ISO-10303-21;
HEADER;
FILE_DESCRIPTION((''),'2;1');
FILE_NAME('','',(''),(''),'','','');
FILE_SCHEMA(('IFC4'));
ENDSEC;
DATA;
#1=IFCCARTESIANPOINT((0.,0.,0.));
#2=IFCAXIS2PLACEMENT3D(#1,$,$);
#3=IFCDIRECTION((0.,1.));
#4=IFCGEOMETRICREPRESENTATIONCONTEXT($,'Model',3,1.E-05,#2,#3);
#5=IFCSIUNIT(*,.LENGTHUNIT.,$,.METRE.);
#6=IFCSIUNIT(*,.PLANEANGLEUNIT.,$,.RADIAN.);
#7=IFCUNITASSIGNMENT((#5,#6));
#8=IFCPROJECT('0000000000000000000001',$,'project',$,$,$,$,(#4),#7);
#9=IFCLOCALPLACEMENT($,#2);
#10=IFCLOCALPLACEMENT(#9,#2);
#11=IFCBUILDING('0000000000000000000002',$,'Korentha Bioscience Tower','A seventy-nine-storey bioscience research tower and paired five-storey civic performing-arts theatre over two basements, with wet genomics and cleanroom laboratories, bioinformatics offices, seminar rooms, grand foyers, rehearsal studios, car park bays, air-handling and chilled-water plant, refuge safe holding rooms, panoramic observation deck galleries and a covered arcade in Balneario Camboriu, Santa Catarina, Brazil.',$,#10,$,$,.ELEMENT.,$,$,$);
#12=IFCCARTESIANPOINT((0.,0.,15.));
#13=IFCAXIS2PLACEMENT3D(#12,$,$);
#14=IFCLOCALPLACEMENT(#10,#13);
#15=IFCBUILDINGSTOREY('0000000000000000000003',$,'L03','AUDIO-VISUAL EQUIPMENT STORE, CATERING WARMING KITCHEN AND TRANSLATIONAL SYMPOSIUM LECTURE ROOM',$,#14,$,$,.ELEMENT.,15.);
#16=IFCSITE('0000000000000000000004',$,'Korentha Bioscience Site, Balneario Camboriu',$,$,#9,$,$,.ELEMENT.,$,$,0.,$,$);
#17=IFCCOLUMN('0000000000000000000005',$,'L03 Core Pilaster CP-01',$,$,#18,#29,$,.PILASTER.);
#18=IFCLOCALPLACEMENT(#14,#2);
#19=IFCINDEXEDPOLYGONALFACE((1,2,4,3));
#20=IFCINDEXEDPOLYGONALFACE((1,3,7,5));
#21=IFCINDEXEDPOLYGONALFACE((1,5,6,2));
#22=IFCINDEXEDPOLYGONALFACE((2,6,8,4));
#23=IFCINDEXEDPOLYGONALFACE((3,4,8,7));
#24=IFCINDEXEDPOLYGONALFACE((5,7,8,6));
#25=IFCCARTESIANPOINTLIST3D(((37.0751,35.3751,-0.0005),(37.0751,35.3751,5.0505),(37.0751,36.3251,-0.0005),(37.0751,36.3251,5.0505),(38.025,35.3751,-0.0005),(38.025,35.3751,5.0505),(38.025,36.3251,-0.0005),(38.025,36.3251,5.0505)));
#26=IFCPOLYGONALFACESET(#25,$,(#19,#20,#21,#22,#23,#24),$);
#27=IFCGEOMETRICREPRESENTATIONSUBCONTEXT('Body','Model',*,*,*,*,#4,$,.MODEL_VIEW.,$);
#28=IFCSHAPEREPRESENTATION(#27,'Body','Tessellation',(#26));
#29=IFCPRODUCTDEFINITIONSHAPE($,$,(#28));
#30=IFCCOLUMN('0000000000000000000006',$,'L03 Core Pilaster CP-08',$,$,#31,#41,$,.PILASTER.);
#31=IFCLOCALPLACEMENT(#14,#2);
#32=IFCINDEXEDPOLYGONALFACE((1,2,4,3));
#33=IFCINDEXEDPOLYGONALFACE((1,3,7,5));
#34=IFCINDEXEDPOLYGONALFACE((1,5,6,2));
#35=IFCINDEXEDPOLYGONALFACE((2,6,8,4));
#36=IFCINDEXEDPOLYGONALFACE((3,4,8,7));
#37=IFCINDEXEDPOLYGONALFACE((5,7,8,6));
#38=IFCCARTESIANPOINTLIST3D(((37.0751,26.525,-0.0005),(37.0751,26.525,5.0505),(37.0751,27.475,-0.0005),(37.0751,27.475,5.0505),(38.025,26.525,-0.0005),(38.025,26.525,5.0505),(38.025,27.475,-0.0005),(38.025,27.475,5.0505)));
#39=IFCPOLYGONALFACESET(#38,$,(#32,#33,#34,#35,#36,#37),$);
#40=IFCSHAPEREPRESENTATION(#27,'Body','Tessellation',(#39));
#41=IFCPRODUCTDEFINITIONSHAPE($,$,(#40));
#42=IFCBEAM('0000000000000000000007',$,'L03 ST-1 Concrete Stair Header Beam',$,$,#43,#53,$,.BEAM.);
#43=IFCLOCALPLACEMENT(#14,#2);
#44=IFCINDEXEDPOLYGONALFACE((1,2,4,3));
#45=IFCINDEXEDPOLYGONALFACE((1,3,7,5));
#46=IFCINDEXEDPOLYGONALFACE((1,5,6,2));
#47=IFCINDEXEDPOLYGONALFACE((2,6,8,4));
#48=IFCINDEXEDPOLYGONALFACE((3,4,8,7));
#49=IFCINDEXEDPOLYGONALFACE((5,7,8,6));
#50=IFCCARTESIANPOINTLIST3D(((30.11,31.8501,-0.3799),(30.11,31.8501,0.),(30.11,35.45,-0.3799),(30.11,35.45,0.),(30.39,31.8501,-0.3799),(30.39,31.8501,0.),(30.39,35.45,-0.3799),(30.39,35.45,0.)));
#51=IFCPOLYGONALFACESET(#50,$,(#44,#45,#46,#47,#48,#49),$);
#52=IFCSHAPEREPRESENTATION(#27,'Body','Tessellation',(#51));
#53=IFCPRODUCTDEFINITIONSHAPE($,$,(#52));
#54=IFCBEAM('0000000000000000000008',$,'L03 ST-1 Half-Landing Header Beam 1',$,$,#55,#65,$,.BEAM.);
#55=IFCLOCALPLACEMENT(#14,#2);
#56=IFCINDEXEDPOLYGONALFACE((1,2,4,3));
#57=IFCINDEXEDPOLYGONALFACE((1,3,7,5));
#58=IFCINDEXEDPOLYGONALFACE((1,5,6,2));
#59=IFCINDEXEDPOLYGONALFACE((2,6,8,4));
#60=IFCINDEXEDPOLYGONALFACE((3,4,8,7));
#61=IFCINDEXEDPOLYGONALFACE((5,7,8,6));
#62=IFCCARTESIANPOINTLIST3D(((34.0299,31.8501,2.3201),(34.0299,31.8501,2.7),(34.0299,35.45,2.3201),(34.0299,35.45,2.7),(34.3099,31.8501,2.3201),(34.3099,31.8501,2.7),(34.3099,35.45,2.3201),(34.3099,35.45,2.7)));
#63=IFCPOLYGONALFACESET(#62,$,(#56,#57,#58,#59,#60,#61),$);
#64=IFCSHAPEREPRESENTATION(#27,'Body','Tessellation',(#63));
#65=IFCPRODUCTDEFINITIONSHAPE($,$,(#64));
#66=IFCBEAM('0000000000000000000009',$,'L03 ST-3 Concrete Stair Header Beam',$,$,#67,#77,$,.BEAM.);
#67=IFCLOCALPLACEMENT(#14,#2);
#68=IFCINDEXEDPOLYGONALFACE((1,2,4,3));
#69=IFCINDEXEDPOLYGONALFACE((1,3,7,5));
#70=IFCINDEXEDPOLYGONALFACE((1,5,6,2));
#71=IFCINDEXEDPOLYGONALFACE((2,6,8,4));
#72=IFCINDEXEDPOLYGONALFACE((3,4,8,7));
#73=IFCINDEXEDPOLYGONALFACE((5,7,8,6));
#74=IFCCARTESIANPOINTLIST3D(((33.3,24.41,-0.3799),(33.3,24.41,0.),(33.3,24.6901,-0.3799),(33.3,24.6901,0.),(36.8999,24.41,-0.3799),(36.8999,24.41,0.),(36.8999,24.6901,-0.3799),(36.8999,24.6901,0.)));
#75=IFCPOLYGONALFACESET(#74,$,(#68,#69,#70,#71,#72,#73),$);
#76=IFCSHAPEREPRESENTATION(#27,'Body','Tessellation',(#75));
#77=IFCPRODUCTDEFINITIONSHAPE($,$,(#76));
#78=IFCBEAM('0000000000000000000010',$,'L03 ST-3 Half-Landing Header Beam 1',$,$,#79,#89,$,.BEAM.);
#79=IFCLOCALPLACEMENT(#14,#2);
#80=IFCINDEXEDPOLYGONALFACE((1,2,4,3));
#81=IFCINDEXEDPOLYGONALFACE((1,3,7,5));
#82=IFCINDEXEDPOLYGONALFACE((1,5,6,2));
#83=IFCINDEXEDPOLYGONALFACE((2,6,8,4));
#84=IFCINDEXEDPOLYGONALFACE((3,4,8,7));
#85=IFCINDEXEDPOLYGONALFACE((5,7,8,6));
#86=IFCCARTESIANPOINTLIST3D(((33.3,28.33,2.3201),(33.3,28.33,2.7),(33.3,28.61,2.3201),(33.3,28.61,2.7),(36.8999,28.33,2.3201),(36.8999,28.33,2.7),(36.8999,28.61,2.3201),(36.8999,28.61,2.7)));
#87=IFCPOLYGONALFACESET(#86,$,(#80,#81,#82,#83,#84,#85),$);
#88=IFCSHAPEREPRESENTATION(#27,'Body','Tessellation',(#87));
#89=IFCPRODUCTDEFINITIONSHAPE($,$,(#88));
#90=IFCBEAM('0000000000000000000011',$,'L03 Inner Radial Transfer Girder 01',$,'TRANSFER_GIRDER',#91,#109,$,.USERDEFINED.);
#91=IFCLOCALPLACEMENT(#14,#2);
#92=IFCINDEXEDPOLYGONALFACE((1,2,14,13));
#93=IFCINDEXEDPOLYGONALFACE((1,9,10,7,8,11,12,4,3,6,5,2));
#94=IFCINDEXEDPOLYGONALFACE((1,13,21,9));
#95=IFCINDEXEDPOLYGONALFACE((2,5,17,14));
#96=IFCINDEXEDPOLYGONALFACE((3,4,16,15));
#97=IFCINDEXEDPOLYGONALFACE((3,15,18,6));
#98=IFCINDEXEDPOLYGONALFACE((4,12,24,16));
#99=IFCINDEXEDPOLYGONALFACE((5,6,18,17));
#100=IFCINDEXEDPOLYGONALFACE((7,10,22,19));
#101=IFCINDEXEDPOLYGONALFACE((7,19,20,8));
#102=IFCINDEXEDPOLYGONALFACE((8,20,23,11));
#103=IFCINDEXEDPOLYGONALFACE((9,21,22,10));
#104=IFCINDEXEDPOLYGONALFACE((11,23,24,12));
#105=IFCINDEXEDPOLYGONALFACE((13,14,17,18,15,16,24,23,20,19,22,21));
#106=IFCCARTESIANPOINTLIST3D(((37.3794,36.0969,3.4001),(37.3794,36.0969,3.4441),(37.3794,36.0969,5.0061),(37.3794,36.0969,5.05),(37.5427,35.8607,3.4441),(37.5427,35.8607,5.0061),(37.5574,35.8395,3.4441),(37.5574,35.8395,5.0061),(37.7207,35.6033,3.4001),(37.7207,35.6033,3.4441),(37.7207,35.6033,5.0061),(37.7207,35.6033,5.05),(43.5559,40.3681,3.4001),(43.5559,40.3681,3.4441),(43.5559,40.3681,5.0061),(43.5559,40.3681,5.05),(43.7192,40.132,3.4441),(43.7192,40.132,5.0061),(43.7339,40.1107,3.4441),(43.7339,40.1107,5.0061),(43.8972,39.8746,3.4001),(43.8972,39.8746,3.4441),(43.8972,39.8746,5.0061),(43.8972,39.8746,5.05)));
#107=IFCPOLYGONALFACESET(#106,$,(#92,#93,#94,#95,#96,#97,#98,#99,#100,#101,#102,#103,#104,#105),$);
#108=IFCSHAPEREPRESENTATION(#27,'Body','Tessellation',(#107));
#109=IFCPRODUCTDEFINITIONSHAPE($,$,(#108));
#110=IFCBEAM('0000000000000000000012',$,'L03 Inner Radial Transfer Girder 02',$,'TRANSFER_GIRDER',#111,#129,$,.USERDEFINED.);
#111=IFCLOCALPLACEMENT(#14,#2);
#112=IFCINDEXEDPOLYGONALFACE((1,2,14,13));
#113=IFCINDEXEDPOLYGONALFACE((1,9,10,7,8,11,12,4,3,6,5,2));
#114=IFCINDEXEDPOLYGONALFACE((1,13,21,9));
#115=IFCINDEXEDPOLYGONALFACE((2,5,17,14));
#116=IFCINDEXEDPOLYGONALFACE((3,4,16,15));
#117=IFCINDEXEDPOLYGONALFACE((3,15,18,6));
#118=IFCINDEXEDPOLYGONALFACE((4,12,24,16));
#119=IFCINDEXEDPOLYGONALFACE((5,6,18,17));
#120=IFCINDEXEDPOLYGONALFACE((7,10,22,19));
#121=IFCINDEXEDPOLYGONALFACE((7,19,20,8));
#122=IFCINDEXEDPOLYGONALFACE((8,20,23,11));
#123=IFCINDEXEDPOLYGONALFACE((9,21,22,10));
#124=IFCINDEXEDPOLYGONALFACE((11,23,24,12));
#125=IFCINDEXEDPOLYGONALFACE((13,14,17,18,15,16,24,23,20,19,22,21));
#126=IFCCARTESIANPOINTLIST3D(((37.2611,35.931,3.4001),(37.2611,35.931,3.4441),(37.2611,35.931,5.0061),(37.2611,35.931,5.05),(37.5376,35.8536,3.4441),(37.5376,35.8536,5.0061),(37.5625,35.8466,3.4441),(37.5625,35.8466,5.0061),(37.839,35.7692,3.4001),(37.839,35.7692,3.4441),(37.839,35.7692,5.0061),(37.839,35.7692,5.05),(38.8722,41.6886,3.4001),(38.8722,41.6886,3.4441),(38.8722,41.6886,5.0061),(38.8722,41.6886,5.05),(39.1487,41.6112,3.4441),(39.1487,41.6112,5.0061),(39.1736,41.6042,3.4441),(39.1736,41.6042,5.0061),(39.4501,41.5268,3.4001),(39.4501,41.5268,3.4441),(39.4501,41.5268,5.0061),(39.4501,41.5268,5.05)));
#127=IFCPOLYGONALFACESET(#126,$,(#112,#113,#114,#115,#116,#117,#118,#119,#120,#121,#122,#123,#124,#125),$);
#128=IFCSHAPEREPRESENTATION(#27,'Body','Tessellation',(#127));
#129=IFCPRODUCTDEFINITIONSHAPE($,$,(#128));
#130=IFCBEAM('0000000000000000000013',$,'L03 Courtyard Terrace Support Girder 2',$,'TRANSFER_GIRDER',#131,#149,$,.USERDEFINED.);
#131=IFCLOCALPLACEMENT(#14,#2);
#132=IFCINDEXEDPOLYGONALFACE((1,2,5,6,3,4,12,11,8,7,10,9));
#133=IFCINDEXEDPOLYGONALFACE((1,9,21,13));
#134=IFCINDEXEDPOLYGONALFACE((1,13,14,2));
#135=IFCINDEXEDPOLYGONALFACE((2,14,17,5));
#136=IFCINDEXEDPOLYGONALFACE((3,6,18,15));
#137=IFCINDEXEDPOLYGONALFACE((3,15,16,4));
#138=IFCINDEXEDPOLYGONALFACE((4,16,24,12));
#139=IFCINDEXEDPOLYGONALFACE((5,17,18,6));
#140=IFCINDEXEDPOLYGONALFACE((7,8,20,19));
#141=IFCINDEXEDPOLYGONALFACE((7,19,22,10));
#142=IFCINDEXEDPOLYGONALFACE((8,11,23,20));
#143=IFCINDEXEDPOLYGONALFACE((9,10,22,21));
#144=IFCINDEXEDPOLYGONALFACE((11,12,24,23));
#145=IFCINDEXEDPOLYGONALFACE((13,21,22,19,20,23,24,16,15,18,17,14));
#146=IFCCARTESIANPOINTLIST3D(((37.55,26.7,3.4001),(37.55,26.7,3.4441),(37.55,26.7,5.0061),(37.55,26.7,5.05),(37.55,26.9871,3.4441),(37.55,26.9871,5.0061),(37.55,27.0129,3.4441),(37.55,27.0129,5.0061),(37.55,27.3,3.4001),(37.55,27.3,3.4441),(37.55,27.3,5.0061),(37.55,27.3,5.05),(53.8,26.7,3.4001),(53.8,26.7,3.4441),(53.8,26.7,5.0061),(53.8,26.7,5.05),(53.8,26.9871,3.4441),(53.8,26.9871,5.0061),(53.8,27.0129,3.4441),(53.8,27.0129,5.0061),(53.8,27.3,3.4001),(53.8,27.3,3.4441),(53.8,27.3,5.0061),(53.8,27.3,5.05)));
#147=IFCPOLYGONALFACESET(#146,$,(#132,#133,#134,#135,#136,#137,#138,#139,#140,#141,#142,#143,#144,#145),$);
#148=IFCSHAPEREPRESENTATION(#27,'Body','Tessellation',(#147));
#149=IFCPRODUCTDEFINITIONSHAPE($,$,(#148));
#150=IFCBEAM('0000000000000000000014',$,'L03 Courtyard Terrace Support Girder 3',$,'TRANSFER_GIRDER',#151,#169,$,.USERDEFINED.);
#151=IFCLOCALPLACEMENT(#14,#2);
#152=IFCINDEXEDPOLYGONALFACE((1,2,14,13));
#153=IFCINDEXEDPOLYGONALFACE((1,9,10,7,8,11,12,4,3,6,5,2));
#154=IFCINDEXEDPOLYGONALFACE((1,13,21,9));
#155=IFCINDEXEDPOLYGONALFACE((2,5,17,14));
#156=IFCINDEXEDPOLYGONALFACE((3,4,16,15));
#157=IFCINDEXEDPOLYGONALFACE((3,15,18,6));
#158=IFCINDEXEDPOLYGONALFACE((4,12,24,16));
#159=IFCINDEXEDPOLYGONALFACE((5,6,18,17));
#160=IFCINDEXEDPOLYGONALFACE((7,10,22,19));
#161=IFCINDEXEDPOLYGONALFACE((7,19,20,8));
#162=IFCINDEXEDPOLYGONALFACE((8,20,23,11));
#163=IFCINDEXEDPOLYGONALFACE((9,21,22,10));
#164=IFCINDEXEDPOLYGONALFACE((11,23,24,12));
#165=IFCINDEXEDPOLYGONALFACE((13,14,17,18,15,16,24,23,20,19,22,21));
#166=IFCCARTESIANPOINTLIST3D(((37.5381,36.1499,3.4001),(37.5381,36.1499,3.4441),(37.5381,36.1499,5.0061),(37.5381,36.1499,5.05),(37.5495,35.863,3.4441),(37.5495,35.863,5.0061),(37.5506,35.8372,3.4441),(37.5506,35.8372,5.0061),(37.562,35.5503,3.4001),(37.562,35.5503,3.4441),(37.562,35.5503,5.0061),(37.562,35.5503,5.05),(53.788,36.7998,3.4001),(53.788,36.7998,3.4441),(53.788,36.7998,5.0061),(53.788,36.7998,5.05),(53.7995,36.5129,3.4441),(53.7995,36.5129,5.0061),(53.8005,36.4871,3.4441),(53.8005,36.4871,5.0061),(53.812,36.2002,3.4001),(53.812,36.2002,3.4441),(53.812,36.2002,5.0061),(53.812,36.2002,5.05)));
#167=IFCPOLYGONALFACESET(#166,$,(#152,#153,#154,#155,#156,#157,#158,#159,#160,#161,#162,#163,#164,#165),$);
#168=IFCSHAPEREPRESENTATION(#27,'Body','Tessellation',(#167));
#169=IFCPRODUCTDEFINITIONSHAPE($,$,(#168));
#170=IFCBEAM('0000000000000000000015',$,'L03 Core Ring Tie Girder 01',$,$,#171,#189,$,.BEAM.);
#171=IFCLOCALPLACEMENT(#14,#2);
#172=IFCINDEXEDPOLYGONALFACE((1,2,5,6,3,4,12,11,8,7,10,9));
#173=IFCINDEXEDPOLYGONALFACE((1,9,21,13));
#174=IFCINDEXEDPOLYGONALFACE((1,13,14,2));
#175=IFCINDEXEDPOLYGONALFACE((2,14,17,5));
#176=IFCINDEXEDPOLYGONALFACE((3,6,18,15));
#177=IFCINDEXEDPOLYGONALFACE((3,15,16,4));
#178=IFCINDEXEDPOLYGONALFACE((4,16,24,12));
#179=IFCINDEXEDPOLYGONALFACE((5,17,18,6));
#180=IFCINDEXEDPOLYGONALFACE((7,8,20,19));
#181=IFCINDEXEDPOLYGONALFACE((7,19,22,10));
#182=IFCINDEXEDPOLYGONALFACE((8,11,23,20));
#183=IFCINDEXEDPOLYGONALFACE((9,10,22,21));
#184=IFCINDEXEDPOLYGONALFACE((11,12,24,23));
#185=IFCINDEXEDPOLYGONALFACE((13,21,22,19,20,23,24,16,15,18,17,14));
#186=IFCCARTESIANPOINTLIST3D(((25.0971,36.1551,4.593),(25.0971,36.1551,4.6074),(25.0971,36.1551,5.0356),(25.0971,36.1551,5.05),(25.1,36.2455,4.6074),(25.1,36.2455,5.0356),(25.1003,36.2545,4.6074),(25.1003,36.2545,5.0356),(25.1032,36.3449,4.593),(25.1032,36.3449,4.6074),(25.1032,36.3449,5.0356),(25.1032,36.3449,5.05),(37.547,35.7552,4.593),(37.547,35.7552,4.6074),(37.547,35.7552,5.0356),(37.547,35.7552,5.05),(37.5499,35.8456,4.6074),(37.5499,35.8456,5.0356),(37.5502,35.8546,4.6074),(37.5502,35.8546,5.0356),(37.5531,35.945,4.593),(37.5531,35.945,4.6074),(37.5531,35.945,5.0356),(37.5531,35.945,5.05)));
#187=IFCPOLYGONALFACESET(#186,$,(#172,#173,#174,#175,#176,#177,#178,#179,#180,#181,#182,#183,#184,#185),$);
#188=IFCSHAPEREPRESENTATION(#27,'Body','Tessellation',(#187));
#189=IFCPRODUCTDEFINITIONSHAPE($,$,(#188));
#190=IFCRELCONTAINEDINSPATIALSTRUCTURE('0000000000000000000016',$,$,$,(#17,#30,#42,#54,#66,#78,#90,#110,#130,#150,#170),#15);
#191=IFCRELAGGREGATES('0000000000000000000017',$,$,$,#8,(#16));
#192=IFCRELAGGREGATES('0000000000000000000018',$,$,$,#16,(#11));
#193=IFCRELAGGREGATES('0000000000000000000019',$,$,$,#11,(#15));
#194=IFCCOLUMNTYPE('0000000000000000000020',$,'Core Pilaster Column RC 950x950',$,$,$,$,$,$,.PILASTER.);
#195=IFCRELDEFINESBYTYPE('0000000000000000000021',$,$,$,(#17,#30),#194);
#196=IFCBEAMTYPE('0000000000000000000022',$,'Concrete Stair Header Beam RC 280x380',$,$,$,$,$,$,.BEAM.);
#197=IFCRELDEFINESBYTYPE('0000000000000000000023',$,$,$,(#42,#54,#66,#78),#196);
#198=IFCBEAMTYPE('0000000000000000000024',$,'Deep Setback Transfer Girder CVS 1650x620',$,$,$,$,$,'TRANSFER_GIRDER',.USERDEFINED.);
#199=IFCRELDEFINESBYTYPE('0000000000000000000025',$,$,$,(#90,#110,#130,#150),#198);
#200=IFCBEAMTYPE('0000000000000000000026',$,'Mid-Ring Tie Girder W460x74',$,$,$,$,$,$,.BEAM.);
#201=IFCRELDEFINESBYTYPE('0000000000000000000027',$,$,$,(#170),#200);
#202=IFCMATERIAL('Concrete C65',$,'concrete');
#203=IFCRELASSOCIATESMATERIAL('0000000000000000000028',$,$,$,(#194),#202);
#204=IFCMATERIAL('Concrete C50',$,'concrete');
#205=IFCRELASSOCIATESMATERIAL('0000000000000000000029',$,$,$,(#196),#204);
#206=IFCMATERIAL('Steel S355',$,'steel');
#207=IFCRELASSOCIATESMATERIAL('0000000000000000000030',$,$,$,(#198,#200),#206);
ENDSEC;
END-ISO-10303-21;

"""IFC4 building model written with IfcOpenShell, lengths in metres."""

from ifc_helpers import new_model, si_unit, direction, frame, origin, origin_2d, place, context, subcontext, project, spatial, rectangle, i_section, extrude, material, material_profile, profile_set, type_object, element, save


model = new_model("IFC4")

# Units and contexts
model_context = context("Model", 3, precision=1e-05, world=origin(), true_north=direction((0.0, 1.0)))
body_context = subcontext(model_context, "Body", "Model", "MODEL_VIEW")
ifc_project = project(units=[si_unit("LENGTHUNIT", "METRE"), si_unit("PLANEANGLEUNIT", "RADIAN")], contexts=[model_context])

# Site, building, storey
site_placement = place(None, origin())
site = spatial("IfcSite", under=ifc_project, at=site_placement, Name="Korentha Bioscience Site, Balneario Camboriu", CompositionType="ELEMENT", RefElevation=0.0)
building_placement = place(site_placement, origin())
building = spatial("IfcBuilding", under=site, at=building_placement, Name="Korentha Bioscience Tower", Description="A seventy-nine-storey bioscience research tower and paired five-storey civic performing-arts theatre over two basements, with wet genomics and cleanroom laboratories, bioinformatics offices, seminar rooms, grand foyers, rehearsal studios, car park bays, air-handling and chilled-water plant, refuge safe holding rooms, panoramic observation deck galleries and a covered arcade in Balneario Camboriu, Santa Catarina, Brazil.", CompositionType="ELEMENT")
storey_placement = place(building_placement, frame((0.0, 0.0, 15.0)))
storey = spatial("IfcBuildingStorey", under=building, at=storey_placement, Name="L03", Description="AUDIO-VISUAL EQUIPMENT STORE, CATERING WARMING KITCHEN AND TRANSLATIONAL SYMPOSIUM LECTURE ROOM", CompositionType="ELEMENT", Elevation=15.0)

# Columns
ifc_material_1 = material(Name="Concrete C65", Category="concrete")
ifc_material_profile_1 = material_profile(ifc_material_1, rectangle(XDim=0.95, YDim=0.95, at=origin_2d()), Name="Concrete C65")
ifc_profile_set_1 = profile_set([ifc_material_profile_1], Name="Concrete C65 (COL-CP09)")
column_type = type_object("IfcColumnType", Name="Core Pilaster Column RC 950x950", PredefinedType="PILASTER", material=ifc_profile_set_1)
for number, where, z_axis, x_axis, name in (
    (1, (37.55, 35.8501, -0.0005), (0.0, 0.0, 1.0), (1.0, 0.0, 0.0), "L03 Core Pilaster CP-01"),
    (2, (37.55, 27.0, -0.0005), (0.0, 0.0, 1.0), (1.0, 0.0, 0.0), "L03 Core Pilaster CP-08"),
):
    element("IfcColumn", number, at=place(storey_placement, frame(where, z_axis=z_axis, x_axis=x_axis)), inside=storey, type_object=column_type, Name=name, PredefinedType="PILASTER", context=body_context, shape_type="SweptSolid", body=[
        extrude(rectangle(XDim=0.95, YDim=0.95, at=origin_2d()), origin(), (0.0, 0.0, 1.0), 5.051),
    ])

# Beams
ifc_material_2 = material(Name="Concrete C50", Category="concrete")
ifc_material_profile_2 = material_profile(ifc_material_2, rectangle(XDim=0.28, YDim=0.3799, at=origin_2d()), Name="Concrete C50")
ifc_profile_set_2 = profile_set([ifc_material_profile_2], Name="Concrete C50 (ST-HB380)")
beam_type_1 = type_object("IfcBeamType", Name="Concrete Stair Header Beam RC 280x380", PredefinedType="BEAM", material=ifc_profile_set_2)
for number, where, z_axis, x_axis, name in (
    (3, (30.25, 31.8501, -0.1899), (0.0, 1.0, 0.0), (-1.0, 0.0, 0.0), "L03 ST-1 Concrete Stair Header Beam"),
    (4, (34.1699, 31.8501, 2.51), (0.0, 1.0, 0.0), (-1.0, 0.0, 0.0), "L03 ST-1 Half-Landing Header Beam 1"),
    (5, (36.8999, 24.55, -0.1899), (-1.0, 0.0, 0.0), (0.0, -1.0, 0.0), "L03 ST-3 Concrete Stair Header Beam"),
    (6, (36.8999, 28.47, 2.51), (-1.0, 0.0, 0.0), (0.0, -1.0, 0.0), "L03 ST-3 Half-Landing Header Beam 1"),
):
    element("IfcBeam", number, at=place(storey_placement, frame(where, z_axis=z_axis, x_axis=x_axis)), inside=storey, type_object=beam_type_1, Name=name, PredefinedType="BEAM", context=body_context, shape_type="SweptSolid", body=[
        extrude(rectangle(XDim=0.28, YDim=0.3799, at=origin_2d()), origin(), (0.0, 0.0, 1.0), 3.5999),
    ])
ifc_material_3 = material(Name="Steel S355", Category="steel")
ifc_material_profile_3 = material_profile(ifc_material_3, i_section(OverallWidth=0.6001, OverallDepth=1.6499, WebThickness=0.0259, FlangeThickness=0.0439, at=origin_2d()), Name="Steel S355")
ifc_profile_set_3 = profile_set([ifc_material_profile_3], Name="Steel S355 (TG-04)")
beam_type_2 = type_object("IfcBeamType", Name="Deep Setback Transfer Girder CVS 1650x620", ElementType="TRANSFER_GIRDER", PredefinedType="USERDEFINED", material=ifc_profile_set_3)
beam_1_placement = place(storey_placement, frame((37.55, 35.8501, 4.2251), z_axis=(0.822492, 0.568777, 0.0), x_axis=(-0.568777, 0.822492, 0.0)))
element("IfcBeam", 7, at=beam_1_placement, inside=storey, type_object=beam_type_2, Name="L03 Inner Radial Transfer Girder 01", ObjectType="TRANSFER_GIRDER", PredefinedType="USERDEFINED", context=body_context, shape_type="SweptSolid", body=[
    extrude(i_section(OverallWidth=0.6001, OverallDepth=1.6499, WebThickness=0.0259, FlangeThickness=0.0439, at=origin_2d()), origin(), (0.0, 0.0, 1.0), 7.5095),
])
beam_2_placement = place(storey_placement, frame((37.55, 35.8501, 4.2251), z_axis=(0.269469, 0.963009, 0.0), x_axis=(-0.963009, 0.269469, 0.0)))
element("IfcBeam", 8, at=beam_2_placement, inside=storey, type_object=beam_type_2, Name="L03 Inner Radial Transfer Girder 02", ObjectType="TRANSFER_GIRDER", PredefinedType="USERDEFINED", context=body_context, shape_type="SweptSolid", body=[
    extrude(i_section(OverallWidth=0.6001, OverallDepth=1.6499, WebThickness=0.0259, FlangeThickness=0.0439, at=origin_2d()), origin(), (0.0, 0.0, 1.0), 5.9788),
])
beam_3_placement = place(storey_placement, frame((37.55, 27.0, 4.2251), z_axis=(1.0, 0.0, 0.0), x_axis=(0.0, 1.0, 0.0)))
element("IfcBeam", 9, at=beam_3_placement, inside=storey, type_object=beam_type_2, Name="L03 Courtyard Terrace Support Girder 2", ObjectType="TRANSFER_GIRDER", PredefinedType="USERDEFINED", context=body_context, shape_type="SweptSolid", body=[
    extrude(i_section(OverallWidth=0.6001, OverallDepth=1.6499, WebThickness=0.0259, FlangeThickness=0.0439, at=origin_2d()), origin(), (0.0, 0.0, 1.0), 16.25),
])
beam_4_placement = place(storey_placement, frame((37.55, 35.8501, 4.2251), z_axis=(0.999201, 0.039962, 0.0), x_axis=(-0.039962, 0.999201, 0.0)))
element("IfcBeam", 10, at=beam_4_placement, inside=storey, type_object=beam_type_2, Name="L03 Courtyard Terrace Support Girder 3", ObjectType="TRANSFER_GIRDER", PredefinedType="USERDEFINED", context=body_context, shape_type="SweptSolid", body=[
    extrude(i_section(OverallWidth=0.6001, OverallDepth=1.6499, WebThickness=0.0259, FlangeThickness=0.0439, at=origin_2d()), origin(), (0.0, 0.0, 1.0), 16.2629),
])
ifc_material_profile_4 = material_profile(ifc_material_3, i_section(OverallWidth=0.1899, OverallDepth=0.457, WebThickness=0.009, FlangeThickness=0.0144, at=origin_2d()), Name="Steel S355")
ifc_profile_set_4 = profile_set([ifc_material_profile_4], Name="Steel S355 (MB-460)")
beam_type_3 = type_object("IfcBeamType", Name="Mid-Ring Tie Girder W460x74", PredefinedType="BEAM", material=ifc_profile_set_4)
beam_5_placement = place(storey_placement, frame((37.55, 35.8501, 4.8215), z_axis=(-0.999485, 0.032104, 0.0), x_axis=(-0.032104, -0.999485, 0.0)))
element("IfcBeam", 11, at=beam_5_placement, inside=storey, type_object=beam_type_3, Name="L03 Core Ring Tie Girder 01", PredefinedType="BEAM", context=body_context, shape_type="SweptSolid", body=[
    extrude(i_section(OverallWidth=0.1899, OverallDepth=0.457, WebThickness=0.009, FlangeThickness=0.0144, at=origin_2d()), origin(), (0.0, 0.0, 1.0), 12.4563),
])

save(model, "model.ifc")
